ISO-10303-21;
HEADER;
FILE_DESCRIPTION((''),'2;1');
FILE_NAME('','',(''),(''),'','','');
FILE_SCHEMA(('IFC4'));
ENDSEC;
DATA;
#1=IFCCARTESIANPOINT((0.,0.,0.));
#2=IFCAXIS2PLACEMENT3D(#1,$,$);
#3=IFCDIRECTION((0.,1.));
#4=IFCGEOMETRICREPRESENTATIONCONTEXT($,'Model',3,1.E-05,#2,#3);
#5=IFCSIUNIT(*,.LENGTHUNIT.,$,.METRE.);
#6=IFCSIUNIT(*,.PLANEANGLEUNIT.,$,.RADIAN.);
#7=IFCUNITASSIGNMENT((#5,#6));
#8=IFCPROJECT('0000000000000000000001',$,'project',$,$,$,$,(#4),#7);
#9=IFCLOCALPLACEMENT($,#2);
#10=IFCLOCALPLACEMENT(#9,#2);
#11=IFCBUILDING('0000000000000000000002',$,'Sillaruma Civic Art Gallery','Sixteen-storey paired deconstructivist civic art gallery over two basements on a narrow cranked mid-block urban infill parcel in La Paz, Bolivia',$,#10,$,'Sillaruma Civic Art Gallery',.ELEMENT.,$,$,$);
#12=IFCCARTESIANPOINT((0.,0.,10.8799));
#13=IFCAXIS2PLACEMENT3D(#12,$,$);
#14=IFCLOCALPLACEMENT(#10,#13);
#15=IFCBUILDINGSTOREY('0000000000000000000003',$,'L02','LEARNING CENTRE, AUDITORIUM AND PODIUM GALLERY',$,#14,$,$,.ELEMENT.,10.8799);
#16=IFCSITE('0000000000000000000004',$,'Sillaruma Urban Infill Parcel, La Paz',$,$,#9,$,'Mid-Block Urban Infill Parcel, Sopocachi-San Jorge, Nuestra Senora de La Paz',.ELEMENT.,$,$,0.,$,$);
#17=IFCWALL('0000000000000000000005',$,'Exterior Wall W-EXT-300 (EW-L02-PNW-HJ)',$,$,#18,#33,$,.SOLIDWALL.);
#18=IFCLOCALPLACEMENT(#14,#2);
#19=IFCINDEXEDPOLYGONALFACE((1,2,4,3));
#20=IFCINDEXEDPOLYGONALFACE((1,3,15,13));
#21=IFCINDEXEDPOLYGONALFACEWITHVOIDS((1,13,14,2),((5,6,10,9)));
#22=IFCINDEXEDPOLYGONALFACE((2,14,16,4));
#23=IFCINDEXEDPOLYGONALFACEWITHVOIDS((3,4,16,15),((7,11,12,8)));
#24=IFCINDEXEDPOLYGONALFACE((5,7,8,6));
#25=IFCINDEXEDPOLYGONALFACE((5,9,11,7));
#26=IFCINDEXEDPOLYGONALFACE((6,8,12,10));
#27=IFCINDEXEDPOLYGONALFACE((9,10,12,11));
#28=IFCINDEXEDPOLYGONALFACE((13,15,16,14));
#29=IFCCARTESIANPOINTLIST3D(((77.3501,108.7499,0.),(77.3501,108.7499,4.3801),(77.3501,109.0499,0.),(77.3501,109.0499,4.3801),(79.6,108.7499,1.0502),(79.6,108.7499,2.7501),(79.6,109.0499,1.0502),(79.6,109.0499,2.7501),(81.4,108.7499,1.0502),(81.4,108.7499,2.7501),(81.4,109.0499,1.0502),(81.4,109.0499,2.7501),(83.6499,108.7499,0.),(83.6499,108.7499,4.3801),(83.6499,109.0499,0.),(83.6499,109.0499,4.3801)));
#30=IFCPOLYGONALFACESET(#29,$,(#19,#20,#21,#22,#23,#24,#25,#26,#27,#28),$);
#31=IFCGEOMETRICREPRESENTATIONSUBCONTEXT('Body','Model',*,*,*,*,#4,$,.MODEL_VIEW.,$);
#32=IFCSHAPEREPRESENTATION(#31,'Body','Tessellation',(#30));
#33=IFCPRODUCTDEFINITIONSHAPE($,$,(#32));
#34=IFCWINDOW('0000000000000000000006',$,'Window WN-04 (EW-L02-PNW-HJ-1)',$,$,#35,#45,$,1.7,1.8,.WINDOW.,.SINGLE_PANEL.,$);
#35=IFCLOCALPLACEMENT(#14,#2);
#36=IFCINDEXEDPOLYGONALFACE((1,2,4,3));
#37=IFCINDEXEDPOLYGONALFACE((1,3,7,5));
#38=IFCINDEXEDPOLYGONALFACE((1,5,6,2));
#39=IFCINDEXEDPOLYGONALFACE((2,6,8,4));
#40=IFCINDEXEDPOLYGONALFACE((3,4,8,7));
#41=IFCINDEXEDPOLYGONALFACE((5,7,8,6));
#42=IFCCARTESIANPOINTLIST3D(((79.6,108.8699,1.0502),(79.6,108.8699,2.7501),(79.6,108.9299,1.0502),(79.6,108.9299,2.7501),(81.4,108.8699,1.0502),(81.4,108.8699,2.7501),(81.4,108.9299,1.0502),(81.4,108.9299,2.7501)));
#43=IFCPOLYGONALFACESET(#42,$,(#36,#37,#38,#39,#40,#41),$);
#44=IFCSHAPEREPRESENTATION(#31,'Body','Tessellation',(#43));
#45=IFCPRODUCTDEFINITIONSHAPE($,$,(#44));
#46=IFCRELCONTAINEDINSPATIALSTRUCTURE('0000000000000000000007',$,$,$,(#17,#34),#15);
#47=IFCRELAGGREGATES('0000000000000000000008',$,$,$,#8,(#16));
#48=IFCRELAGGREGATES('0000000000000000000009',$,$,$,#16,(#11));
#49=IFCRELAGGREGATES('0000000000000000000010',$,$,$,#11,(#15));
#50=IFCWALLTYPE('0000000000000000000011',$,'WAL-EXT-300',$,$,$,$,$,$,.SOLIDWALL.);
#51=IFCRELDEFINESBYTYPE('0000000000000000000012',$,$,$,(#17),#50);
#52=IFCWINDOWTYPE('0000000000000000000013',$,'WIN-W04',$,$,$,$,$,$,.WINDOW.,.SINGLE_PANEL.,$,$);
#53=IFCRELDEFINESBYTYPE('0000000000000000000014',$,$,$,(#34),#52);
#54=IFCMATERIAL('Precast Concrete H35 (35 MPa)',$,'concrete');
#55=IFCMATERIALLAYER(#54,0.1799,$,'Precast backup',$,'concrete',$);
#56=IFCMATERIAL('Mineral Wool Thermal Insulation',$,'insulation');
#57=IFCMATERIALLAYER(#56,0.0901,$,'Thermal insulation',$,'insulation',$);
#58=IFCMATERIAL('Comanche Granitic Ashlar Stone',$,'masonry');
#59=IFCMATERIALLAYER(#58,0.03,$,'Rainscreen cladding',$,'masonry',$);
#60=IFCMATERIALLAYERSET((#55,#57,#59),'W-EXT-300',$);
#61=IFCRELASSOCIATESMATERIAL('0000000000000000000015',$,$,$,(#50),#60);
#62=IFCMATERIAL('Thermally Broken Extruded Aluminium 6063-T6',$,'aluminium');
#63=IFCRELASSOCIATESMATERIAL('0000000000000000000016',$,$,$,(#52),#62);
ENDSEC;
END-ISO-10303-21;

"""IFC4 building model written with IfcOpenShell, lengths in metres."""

from ifc_helpers import new_model, si_unit, direction, frame, frame_2d, origin, place, context, subcontext, project, spatial, rectangle, extrude, material, layer, layer_set, type_object, element, fill, save


model = new_model("IFC4")

# Units and contexts
model_context = context("Model", 3, precision=1e-05, world=origin(), true_north=direction((0.0, 1.0)))
body_context = subcontext(model_context, "Body", "Model", "MODEL_VIEW")
ifc_project = project(units=[si_unit("LENGTHUNIT", "METRE"), si_unit("PLANEANGLEUNIT", "RADIAN")], contexts=[model_context])

# Site, building, storey
site_placement = place(None, origin())
site = spatial("IfcSite", under=ifc_project, at=site_placement, Name="Sillaruma Urban Infill Parcel, La Paz", LongName="Mid-Block Urban Infill Parcel, Sopocachi-San Jorge, Nuestra Senora de La Paz", CompositionType="ELEMENT", RefElevation=0.0)
building_placement = place(site_placement, origin())
building = spatial("IfcBuilding", under=site, at=building_placement, Name="Sillaruma Civic Art Gallery", Description="Sixteen-storey paired deconstructivist civic art gallery over two basements on a narrow cranked mid-block urban infill parcel in La Paz, Bolivia", LongName="Sillaruma Civic Art Gallery", CompositionType="ELEMENT")
storey_placement = place(building_placement, frame((0.0, 0.0, 10.8799)))
storey = spatial("IfcBuildingStorey", under=building, at=storey_placement, Name="L02", Description="LEARNING CENTRE, AUDITORIUM AND PODIUM GALLERY", CompositionType="ELEMENT", Elevation=10.8799)

# Shared definitions
ifc_material_1 = material(Name="Precast Concrete H35 (35 MPa)", Category="concrete")
ifc_layer_1 = layer(ifc_material_1, 0.1799, Name="Precast backup", Category="concrete")
ifc_material_2 = material(Name="Mineral Wool Thermal Insulation", Category="insulation")
ifc_layer_2 = layer(ifc_material_2, 0.0901, Name="Thermal insulation", Category="insulation")
ifc_material_3 = material(Name="Comanche Granitic Ashlar Stone", Category="masonry")
ifc_layer_3 = layer(ifc_material_3, 0.03, Name="Rainscreen cladding", Category="masonry")
ifc_layer_set = layer_set([ifc_layer_1, ifc_layer_2, ifc_layer_3], Name="W-EXT-300")
wall_type = type_object("IfcWallType", Name="WAL-EXT-300", PredefinedType="SOLIDWALL", material=ifc_layer_set)
ifc_material_4 = material(Name="Thermally Broken Extruded Aluminium 6063-T6", Category="aluminium")

# Wall, opening, window
wall_1_placement = place(storey_placement, frame((77.3501, 108.8999, 0.0), z_axis=(0.0, 0.0, 1.0), x_axis=(1.0, 0.0, 0.0)))
wall_1 = element("IfcWall", 1, at=wall_1_placement, inside=storey, type_object=wall_type, Name="Exterior Wall W-EXT-300 (EW-L02-PNW-HJ)", PredefinedType="SOLIDWALL", context=body_context, shape_type="SweptSolid", body=[
    extrude(rectangle(XDim=6.2998, YDim=0.3, at=frame_2d((3.1499, 0.0))), origin(), (0.0, 0.0, 1.0), 4.3801),
])
opening_1_placement = place(wall_1_placement, frame((2.25, 0.0, 1.05)))
opening_1 = element("IfcOpeningElement", 2, at=opening_1_placement, cuts=wall_1, PredefinedType="OPENING", context=body_context, shape_type="SweptSolid", body=[
    extrude(rectangle(XDim=1.8, YDim=1.7, at=frame_2d((0.8999, 0.8501))), frame((0.0, 0.1599, 0.0), z_axis=(0.0, -1.0, 0.0), x_axis=(1.0, 0.0, 0.0)), (0.0, 0.0, 1.0), 0.3201),
])
window_type_1 = type_object("IfcWindowType", Name="WIN-W04", PartitioningType="SINGLE_PANEL", PredefinedType="WINDOW", material=ifc_material_4)
window_1_placement = place(opening_1_placement, origin())
window_1 = element("IfcWindow", 3, at=window_1_placement, inside=storey, type_object=window_type_1, Name="Window WN-04 (EW-L02-PNW-HJ-1)", OverallHeight=1.7, OverallWidth=1.8, PartitioningType="SINGLE_PANEL", PredefinedType="WINDOW", context=body_context, shape_type="SweptSolid", body=[
    extrude(rectangle(XDim=1.8, YDim=1.7, at=frame_2d((0.8999, 0.8501))), frame((0.0, 0.03, 0.0), z_axis=(0.0, -1.0, 0.0), x_axis=(1.0, 0.0, 0.0)), (0.0, 0.0, 1.0), 0.0601),
])
fill(opening_1, window_1)

save(model, "model.ifc")
